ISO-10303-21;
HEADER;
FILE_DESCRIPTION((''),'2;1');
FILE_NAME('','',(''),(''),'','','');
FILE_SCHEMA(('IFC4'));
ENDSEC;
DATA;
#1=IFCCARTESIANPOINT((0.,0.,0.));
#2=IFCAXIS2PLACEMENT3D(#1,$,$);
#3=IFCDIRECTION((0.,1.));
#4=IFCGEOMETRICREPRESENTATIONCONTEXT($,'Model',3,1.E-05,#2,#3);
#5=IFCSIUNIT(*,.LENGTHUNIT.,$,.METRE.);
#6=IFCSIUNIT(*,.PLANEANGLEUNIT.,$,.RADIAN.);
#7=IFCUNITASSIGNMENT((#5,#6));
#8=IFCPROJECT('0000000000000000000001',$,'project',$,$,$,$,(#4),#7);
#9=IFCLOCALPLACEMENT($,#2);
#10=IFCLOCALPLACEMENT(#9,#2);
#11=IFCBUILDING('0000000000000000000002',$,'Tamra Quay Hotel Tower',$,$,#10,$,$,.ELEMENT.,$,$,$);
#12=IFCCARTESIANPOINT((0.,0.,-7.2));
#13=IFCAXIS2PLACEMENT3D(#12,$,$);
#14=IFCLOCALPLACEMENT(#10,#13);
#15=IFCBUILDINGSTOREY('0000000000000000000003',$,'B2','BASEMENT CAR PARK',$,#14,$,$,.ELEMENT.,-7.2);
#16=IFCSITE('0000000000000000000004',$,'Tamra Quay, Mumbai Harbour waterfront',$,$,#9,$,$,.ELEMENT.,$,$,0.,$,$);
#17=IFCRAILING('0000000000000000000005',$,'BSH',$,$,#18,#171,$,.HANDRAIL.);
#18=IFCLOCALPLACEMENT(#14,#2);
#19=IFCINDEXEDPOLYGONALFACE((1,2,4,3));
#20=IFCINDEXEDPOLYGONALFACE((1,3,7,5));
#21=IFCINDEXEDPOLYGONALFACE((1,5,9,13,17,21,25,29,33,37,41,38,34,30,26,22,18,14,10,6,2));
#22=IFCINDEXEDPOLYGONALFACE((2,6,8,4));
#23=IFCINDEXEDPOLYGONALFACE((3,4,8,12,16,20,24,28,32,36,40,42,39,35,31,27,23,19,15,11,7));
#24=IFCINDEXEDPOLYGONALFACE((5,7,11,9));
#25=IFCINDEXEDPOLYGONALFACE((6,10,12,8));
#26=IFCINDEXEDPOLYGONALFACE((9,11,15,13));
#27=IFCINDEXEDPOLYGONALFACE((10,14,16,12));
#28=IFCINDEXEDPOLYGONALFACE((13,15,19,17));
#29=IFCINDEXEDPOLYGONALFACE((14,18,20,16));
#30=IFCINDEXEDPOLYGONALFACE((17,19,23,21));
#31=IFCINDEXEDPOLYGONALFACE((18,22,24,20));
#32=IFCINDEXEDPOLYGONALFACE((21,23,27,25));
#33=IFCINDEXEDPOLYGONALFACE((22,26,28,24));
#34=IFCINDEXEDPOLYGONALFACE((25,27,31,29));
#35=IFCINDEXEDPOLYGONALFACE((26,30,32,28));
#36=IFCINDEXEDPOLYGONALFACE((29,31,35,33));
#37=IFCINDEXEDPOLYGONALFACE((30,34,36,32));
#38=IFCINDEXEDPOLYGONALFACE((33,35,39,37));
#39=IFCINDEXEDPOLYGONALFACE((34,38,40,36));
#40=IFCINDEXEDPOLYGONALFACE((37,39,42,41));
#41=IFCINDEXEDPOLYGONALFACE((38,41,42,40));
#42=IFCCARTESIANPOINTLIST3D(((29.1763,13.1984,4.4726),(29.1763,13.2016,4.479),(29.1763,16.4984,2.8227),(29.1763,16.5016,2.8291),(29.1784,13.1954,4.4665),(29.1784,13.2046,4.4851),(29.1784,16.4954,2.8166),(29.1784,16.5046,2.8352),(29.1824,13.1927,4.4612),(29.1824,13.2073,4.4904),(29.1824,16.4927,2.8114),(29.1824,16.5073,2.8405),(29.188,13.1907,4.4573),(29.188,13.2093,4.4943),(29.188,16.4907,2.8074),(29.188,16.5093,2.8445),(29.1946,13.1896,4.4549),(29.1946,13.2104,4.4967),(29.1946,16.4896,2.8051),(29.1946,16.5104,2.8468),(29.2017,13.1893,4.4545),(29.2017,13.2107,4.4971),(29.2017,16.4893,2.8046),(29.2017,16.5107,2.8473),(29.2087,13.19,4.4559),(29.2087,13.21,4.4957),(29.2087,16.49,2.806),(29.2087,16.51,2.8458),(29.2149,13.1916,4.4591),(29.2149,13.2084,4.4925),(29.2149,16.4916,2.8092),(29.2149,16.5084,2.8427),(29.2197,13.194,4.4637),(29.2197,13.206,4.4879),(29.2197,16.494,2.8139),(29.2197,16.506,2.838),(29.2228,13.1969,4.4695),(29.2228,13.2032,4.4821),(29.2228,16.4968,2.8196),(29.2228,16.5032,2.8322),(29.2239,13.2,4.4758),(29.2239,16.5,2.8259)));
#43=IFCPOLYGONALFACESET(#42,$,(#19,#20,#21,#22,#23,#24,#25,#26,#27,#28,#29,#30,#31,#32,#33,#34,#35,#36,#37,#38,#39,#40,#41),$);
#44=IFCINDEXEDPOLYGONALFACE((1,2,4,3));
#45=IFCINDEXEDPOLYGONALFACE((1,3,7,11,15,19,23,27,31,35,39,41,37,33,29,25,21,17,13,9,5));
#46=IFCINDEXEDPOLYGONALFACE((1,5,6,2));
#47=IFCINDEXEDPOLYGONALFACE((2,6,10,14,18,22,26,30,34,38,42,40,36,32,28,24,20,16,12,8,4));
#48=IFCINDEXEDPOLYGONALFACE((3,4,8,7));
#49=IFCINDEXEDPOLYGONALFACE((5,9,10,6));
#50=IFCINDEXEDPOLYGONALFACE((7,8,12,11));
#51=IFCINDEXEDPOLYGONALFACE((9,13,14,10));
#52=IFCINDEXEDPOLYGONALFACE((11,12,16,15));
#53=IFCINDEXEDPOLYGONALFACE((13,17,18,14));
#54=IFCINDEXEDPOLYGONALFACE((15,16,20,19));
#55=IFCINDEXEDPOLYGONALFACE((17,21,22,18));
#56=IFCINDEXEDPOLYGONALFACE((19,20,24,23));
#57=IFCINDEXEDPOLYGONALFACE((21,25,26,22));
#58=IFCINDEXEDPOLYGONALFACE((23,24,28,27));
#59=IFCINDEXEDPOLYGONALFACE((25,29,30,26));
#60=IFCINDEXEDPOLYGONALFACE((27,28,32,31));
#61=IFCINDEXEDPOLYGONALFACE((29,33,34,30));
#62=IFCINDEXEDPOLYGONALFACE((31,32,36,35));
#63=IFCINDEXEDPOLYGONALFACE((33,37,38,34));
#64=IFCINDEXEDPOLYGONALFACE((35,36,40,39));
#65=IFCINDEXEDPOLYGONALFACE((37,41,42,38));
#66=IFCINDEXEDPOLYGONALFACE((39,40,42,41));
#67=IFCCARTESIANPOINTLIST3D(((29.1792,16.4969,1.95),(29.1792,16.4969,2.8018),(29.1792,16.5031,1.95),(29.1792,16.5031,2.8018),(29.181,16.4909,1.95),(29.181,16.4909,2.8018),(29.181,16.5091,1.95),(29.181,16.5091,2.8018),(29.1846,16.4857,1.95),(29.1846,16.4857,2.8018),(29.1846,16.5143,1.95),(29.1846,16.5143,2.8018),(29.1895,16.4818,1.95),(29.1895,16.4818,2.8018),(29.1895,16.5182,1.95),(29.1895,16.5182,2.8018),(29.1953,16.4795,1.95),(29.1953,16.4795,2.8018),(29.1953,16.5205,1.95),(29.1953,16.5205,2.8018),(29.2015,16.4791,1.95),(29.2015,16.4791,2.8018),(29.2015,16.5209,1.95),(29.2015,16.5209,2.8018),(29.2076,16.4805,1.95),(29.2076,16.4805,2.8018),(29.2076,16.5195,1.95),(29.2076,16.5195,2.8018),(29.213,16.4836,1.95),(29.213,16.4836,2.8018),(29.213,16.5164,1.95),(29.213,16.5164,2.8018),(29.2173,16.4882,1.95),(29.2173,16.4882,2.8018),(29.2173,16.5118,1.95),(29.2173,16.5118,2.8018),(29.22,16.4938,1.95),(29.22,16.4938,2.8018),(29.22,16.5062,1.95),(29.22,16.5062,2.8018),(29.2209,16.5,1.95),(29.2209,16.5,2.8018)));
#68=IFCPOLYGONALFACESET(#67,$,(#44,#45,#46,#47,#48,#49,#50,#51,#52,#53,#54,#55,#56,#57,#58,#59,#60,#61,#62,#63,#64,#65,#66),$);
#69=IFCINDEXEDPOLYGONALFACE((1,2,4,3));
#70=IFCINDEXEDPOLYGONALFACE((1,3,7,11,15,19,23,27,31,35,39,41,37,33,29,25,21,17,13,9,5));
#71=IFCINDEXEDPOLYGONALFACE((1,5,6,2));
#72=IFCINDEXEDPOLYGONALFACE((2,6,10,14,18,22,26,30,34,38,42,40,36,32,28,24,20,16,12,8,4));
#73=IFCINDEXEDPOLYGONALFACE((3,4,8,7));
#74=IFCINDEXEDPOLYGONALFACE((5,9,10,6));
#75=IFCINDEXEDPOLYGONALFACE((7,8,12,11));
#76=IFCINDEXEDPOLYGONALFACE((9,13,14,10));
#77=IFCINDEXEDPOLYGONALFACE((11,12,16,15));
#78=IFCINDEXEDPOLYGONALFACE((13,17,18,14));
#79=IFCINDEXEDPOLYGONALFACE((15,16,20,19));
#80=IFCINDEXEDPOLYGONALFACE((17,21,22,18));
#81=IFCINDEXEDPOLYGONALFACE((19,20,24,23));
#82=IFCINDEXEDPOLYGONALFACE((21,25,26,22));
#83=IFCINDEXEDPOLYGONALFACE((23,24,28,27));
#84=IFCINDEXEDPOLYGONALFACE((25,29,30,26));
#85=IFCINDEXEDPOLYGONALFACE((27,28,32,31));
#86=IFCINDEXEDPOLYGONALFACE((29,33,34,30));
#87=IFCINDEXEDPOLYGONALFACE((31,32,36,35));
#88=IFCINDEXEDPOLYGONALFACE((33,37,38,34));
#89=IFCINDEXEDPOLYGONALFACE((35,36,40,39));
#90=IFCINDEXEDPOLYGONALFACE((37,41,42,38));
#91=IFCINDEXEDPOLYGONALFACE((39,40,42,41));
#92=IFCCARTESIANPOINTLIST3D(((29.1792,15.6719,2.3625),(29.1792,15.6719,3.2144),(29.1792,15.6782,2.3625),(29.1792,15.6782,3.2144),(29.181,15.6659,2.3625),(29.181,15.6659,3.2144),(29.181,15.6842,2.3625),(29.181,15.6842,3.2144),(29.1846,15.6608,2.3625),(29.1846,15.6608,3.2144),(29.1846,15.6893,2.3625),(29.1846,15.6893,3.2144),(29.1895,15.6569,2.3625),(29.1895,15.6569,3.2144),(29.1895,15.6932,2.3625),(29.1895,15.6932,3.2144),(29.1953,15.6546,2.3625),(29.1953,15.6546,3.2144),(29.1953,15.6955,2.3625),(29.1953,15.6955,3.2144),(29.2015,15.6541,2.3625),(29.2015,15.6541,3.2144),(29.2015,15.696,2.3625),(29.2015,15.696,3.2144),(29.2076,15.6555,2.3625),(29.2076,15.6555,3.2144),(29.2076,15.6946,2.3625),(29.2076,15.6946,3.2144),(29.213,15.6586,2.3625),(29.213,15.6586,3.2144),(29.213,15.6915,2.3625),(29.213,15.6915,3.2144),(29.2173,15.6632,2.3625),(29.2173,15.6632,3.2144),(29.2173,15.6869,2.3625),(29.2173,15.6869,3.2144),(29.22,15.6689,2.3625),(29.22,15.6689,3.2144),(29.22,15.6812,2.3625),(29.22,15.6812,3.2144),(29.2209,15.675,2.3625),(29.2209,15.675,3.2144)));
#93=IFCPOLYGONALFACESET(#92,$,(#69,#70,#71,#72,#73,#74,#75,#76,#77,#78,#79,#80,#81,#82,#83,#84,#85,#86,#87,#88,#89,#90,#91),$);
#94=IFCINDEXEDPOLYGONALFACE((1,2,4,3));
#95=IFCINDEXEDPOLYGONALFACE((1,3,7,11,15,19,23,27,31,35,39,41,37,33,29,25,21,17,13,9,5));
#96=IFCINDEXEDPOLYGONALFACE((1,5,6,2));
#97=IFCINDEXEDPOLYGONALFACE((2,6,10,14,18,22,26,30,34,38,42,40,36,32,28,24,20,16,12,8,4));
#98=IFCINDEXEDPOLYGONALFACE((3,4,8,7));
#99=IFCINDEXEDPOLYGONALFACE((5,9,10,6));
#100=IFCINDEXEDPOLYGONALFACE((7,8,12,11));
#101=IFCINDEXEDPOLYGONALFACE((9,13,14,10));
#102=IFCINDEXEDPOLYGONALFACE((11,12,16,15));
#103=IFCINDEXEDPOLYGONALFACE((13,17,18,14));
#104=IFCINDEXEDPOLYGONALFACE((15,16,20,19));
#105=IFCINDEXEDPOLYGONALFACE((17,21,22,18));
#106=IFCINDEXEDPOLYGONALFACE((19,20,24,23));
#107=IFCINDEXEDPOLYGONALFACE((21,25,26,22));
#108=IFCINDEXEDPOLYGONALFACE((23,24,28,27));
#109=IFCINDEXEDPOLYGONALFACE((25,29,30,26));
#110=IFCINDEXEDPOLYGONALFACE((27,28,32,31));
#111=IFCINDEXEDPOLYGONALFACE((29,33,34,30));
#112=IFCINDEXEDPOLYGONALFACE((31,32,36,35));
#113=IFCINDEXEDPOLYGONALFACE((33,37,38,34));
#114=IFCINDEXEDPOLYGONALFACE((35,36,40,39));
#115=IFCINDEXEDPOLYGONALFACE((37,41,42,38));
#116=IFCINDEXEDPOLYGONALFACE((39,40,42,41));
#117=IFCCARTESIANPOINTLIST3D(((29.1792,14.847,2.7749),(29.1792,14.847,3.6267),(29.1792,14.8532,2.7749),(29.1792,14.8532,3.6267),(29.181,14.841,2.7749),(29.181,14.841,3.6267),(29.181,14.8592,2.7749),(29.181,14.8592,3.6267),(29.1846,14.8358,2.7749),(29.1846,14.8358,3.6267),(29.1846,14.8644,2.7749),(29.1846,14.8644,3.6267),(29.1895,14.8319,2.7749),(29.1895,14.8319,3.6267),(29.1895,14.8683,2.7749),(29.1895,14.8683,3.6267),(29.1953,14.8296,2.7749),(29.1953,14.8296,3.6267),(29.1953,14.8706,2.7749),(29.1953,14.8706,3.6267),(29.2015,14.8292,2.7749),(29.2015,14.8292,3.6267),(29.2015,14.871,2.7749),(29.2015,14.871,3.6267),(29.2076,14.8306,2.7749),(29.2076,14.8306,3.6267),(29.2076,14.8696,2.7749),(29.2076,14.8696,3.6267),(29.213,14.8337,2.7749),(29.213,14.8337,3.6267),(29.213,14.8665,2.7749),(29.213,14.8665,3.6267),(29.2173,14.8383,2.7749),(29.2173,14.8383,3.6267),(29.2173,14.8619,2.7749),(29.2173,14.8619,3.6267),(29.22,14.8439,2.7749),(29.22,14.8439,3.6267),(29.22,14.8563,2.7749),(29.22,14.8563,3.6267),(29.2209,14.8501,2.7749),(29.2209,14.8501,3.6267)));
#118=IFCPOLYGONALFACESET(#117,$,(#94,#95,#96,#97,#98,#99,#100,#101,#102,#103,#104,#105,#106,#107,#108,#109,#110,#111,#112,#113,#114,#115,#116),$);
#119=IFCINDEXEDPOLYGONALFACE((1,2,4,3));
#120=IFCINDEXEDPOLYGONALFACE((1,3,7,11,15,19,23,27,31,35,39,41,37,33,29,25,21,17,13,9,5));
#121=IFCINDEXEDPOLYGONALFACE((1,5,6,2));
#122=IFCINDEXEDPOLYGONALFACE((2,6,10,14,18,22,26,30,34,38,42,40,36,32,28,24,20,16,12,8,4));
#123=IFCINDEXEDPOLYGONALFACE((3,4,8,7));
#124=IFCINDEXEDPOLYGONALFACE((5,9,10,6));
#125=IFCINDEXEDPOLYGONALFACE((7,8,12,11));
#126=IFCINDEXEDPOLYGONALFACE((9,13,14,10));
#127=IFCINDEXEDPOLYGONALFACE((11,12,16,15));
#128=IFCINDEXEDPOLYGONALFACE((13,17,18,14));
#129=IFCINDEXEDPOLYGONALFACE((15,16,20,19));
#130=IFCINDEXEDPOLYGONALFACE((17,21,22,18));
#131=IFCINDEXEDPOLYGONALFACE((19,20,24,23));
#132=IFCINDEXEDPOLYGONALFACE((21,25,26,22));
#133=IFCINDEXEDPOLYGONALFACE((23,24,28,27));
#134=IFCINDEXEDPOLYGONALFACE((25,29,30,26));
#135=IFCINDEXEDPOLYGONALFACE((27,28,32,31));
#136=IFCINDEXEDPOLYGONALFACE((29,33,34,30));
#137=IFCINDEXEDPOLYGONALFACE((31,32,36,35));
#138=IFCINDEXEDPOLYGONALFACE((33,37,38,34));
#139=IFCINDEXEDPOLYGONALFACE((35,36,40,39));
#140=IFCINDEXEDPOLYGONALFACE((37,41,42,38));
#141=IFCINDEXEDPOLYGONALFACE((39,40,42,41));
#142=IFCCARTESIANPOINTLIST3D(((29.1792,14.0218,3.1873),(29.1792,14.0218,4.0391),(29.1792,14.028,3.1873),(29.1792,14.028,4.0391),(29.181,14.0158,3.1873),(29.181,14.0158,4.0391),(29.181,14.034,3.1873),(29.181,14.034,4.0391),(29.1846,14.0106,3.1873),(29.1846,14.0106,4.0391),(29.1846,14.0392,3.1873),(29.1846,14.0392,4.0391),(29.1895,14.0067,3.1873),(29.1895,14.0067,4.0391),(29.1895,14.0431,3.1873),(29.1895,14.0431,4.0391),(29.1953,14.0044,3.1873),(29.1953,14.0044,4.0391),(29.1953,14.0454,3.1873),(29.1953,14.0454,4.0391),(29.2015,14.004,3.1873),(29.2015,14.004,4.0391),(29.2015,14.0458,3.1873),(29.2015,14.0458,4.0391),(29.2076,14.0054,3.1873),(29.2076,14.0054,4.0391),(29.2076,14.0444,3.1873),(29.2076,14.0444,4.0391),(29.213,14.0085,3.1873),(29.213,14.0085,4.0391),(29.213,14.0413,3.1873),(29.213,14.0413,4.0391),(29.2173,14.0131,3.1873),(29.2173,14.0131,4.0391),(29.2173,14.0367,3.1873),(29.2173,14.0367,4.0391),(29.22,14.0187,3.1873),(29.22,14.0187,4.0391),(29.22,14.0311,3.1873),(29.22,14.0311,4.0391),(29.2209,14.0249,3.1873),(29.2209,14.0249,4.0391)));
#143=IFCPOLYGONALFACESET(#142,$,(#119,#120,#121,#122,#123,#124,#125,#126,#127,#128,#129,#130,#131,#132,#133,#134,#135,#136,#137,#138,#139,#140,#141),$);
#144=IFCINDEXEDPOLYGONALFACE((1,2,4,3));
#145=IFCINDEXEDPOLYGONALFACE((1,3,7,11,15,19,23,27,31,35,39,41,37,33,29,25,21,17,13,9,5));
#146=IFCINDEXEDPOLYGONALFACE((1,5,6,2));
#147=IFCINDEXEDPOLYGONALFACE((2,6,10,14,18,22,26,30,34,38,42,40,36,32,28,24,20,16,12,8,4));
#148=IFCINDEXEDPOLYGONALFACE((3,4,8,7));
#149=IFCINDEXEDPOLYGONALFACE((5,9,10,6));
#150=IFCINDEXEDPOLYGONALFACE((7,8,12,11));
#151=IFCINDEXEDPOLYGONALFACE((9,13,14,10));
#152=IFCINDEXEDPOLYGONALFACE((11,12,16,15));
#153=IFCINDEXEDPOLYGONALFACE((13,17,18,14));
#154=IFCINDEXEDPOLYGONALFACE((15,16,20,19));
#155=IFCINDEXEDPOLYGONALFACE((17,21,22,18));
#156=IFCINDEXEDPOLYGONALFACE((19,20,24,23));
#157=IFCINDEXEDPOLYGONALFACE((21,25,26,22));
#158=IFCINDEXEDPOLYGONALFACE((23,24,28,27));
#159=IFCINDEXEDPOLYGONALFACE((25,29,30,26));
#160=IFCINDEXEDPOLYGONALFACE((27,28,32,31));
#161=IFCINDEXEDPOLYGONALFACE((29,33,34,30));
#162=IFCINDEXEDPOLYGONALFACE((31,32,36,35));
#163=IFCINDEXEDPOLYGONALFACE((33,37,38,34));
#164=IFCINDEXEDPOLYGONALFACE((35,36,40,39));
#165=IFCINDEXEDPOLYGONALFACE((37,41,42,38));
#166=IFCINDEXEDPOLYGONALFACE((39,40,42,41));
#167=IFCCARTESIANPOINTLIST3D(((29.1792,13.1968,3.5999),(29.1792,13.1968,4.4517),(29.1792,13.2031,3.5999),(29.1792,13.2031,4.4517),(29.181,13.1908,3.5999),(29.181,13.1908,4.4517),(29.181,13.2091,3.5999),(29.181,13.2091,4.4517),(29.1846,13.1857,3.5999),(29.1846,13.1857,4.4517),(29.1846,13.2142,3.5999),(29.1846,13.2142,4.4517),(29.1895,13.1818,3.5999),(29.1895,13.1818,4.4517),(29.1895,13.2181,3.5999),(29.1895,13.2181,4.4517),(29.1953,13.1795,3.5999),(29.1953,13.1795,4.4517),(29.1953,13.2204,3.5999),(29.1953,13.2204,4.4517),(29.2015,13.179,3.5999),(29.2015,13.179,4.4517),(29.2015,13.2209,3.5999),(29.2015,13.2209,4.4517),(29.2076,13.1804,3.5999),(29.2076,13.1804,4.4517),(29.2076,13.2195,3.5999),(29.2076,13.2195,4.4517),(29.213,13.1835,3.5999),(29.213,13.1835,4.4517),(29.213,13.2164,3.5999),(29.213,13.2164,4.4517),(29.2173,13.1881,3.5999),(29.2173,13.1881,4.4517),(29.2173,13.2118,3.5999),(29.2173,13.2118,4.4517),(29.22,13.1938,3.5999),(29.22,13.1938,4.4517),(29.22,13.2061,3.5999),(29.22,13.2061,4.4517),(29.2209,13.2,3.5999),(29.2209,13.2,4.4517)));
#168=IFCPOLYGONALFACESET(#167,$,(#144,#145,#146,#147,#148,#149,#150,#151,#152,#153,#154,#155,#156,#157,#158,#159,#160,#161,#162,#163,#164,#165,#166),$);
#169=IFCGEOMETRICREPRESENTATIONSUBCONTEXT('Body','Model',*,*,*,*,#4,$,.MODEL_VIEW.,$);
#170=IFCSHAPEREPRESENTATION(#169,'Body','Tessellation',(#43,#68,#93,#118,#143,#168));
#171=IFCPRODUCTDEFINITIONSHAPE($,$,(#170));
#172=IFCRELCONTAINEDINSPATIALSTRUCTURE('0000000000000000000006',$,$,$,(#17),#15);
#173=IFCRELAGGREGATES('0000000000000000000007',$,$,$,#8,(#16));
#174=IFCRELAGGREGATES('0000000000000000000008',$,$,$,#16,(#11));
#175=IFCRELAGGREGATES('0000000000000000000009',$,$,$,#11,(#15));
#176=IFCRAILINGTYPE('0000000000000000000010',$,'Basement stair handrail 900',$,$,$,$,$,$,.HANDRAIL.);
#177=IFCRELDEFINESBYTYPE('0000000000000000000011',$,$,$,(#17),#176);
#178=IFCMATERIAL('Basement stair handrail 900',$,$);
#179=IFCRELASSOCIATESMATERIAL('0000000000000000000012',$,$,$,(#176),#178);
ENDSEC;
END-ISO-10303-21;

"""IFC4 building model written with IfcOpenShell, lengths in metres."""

from ifc_helpers import new_model, si_unit, direction, frame, origin, origin_2d, place, context, subcontext, project, spatial, circle, extrude, material, type_object, element, save


model = new_model("IFC4")

# Units and contexts
model_context = context("Model", 3, precision=1e-05, world=origin(), true_north=direction((0.0, 1.0)))
body_context = subcontext(model_context, "Body", "Model", "MODEL_VIEW")
ifc_project = project(units=[si_unit("LENGTHUNIT", "METRE"), si_unit("PLANEANGLEUNIT", "RADIAN")], contexts=[model_context])

# Site, building, storey
site_placement = place(None, origin())
site = spatial("IfcSite", under=ifc_project, at=site_placement, Name="Tamra Quay, Mumbai Harbour waterfront", CompositionType="ELEMENT", RefElevation=0.0)
building_placement = place(site_placement, origin())
building = spatial("IfcBuilding", under=site, at=building_placement, Name="Tamra Quay Hotel Tower", CompositionType="ELEMENT")
storey_placement = place(building_placement, frame((0.0, 0.0, -7.2)))
storey = spatial("IfcBuildingStorey", under=building, at=storey_placement, Name="B2", Description="BASEMENT CAR PARK", CompositionType="ELEMENT", Elevation=-7.2)

# Railing
ifc_material_1 = material(Name="Basement stair handrail 900")
railing_type_1 = type_object("IfcRailingType", Name="Basement stair handrail 900", PredefinedType="HANDRAIL", material=ifc_material_1)
railing_1_placement = place(storey_placement, frame((29.2, 16.5, 1.95)))
element("IfcRailing", 1, at=railing_1_placement, inside=storey, type_object=railing_type_1, Name="BSH", PredefinedType="HANDRAIL", context=body_context, shape_type="SweptSolid", body=[
    extrude(circle(Radius=0.0239, at=origin_2d()), frame((0.0, 0.0, 0.876), z_axis=(0.0, -0.89444, 0.447187), x_axis=(1.0, 0.0, 0.0)), (0.0, 0.0, 1.0), 3.6895),
    extrude(circle(Radius=0.021, at=origin_2d()), origin(), (0.0, 0.0, 1.0), 0.8518),
    extrude(circle(Radius=0.021, at=origin_2d()), frame((0.0, -0.825, 0.4126)), (0.0, 0.0, 1.0), 0.8518),
    extrude(circle(Radius=0.021, at=origin_2d()), frame((0.0, -1.6499, 0.825)), (0.0, 0.0, 1.0), 0.8518),
    extrude(circle(Radius=0.021, at=origin_2d()), frame((0.0, -2.4751, 1.2373)), (0.0, 0.0, 1.0), 0.8518),
    extrude(circle(Radius=0.021, at=origin_2d()), frame((0.0, -3.3, 1.6499)), (0.0, 0.0, 1.0), 0.8518),
])

save(model, "model.ifc")
